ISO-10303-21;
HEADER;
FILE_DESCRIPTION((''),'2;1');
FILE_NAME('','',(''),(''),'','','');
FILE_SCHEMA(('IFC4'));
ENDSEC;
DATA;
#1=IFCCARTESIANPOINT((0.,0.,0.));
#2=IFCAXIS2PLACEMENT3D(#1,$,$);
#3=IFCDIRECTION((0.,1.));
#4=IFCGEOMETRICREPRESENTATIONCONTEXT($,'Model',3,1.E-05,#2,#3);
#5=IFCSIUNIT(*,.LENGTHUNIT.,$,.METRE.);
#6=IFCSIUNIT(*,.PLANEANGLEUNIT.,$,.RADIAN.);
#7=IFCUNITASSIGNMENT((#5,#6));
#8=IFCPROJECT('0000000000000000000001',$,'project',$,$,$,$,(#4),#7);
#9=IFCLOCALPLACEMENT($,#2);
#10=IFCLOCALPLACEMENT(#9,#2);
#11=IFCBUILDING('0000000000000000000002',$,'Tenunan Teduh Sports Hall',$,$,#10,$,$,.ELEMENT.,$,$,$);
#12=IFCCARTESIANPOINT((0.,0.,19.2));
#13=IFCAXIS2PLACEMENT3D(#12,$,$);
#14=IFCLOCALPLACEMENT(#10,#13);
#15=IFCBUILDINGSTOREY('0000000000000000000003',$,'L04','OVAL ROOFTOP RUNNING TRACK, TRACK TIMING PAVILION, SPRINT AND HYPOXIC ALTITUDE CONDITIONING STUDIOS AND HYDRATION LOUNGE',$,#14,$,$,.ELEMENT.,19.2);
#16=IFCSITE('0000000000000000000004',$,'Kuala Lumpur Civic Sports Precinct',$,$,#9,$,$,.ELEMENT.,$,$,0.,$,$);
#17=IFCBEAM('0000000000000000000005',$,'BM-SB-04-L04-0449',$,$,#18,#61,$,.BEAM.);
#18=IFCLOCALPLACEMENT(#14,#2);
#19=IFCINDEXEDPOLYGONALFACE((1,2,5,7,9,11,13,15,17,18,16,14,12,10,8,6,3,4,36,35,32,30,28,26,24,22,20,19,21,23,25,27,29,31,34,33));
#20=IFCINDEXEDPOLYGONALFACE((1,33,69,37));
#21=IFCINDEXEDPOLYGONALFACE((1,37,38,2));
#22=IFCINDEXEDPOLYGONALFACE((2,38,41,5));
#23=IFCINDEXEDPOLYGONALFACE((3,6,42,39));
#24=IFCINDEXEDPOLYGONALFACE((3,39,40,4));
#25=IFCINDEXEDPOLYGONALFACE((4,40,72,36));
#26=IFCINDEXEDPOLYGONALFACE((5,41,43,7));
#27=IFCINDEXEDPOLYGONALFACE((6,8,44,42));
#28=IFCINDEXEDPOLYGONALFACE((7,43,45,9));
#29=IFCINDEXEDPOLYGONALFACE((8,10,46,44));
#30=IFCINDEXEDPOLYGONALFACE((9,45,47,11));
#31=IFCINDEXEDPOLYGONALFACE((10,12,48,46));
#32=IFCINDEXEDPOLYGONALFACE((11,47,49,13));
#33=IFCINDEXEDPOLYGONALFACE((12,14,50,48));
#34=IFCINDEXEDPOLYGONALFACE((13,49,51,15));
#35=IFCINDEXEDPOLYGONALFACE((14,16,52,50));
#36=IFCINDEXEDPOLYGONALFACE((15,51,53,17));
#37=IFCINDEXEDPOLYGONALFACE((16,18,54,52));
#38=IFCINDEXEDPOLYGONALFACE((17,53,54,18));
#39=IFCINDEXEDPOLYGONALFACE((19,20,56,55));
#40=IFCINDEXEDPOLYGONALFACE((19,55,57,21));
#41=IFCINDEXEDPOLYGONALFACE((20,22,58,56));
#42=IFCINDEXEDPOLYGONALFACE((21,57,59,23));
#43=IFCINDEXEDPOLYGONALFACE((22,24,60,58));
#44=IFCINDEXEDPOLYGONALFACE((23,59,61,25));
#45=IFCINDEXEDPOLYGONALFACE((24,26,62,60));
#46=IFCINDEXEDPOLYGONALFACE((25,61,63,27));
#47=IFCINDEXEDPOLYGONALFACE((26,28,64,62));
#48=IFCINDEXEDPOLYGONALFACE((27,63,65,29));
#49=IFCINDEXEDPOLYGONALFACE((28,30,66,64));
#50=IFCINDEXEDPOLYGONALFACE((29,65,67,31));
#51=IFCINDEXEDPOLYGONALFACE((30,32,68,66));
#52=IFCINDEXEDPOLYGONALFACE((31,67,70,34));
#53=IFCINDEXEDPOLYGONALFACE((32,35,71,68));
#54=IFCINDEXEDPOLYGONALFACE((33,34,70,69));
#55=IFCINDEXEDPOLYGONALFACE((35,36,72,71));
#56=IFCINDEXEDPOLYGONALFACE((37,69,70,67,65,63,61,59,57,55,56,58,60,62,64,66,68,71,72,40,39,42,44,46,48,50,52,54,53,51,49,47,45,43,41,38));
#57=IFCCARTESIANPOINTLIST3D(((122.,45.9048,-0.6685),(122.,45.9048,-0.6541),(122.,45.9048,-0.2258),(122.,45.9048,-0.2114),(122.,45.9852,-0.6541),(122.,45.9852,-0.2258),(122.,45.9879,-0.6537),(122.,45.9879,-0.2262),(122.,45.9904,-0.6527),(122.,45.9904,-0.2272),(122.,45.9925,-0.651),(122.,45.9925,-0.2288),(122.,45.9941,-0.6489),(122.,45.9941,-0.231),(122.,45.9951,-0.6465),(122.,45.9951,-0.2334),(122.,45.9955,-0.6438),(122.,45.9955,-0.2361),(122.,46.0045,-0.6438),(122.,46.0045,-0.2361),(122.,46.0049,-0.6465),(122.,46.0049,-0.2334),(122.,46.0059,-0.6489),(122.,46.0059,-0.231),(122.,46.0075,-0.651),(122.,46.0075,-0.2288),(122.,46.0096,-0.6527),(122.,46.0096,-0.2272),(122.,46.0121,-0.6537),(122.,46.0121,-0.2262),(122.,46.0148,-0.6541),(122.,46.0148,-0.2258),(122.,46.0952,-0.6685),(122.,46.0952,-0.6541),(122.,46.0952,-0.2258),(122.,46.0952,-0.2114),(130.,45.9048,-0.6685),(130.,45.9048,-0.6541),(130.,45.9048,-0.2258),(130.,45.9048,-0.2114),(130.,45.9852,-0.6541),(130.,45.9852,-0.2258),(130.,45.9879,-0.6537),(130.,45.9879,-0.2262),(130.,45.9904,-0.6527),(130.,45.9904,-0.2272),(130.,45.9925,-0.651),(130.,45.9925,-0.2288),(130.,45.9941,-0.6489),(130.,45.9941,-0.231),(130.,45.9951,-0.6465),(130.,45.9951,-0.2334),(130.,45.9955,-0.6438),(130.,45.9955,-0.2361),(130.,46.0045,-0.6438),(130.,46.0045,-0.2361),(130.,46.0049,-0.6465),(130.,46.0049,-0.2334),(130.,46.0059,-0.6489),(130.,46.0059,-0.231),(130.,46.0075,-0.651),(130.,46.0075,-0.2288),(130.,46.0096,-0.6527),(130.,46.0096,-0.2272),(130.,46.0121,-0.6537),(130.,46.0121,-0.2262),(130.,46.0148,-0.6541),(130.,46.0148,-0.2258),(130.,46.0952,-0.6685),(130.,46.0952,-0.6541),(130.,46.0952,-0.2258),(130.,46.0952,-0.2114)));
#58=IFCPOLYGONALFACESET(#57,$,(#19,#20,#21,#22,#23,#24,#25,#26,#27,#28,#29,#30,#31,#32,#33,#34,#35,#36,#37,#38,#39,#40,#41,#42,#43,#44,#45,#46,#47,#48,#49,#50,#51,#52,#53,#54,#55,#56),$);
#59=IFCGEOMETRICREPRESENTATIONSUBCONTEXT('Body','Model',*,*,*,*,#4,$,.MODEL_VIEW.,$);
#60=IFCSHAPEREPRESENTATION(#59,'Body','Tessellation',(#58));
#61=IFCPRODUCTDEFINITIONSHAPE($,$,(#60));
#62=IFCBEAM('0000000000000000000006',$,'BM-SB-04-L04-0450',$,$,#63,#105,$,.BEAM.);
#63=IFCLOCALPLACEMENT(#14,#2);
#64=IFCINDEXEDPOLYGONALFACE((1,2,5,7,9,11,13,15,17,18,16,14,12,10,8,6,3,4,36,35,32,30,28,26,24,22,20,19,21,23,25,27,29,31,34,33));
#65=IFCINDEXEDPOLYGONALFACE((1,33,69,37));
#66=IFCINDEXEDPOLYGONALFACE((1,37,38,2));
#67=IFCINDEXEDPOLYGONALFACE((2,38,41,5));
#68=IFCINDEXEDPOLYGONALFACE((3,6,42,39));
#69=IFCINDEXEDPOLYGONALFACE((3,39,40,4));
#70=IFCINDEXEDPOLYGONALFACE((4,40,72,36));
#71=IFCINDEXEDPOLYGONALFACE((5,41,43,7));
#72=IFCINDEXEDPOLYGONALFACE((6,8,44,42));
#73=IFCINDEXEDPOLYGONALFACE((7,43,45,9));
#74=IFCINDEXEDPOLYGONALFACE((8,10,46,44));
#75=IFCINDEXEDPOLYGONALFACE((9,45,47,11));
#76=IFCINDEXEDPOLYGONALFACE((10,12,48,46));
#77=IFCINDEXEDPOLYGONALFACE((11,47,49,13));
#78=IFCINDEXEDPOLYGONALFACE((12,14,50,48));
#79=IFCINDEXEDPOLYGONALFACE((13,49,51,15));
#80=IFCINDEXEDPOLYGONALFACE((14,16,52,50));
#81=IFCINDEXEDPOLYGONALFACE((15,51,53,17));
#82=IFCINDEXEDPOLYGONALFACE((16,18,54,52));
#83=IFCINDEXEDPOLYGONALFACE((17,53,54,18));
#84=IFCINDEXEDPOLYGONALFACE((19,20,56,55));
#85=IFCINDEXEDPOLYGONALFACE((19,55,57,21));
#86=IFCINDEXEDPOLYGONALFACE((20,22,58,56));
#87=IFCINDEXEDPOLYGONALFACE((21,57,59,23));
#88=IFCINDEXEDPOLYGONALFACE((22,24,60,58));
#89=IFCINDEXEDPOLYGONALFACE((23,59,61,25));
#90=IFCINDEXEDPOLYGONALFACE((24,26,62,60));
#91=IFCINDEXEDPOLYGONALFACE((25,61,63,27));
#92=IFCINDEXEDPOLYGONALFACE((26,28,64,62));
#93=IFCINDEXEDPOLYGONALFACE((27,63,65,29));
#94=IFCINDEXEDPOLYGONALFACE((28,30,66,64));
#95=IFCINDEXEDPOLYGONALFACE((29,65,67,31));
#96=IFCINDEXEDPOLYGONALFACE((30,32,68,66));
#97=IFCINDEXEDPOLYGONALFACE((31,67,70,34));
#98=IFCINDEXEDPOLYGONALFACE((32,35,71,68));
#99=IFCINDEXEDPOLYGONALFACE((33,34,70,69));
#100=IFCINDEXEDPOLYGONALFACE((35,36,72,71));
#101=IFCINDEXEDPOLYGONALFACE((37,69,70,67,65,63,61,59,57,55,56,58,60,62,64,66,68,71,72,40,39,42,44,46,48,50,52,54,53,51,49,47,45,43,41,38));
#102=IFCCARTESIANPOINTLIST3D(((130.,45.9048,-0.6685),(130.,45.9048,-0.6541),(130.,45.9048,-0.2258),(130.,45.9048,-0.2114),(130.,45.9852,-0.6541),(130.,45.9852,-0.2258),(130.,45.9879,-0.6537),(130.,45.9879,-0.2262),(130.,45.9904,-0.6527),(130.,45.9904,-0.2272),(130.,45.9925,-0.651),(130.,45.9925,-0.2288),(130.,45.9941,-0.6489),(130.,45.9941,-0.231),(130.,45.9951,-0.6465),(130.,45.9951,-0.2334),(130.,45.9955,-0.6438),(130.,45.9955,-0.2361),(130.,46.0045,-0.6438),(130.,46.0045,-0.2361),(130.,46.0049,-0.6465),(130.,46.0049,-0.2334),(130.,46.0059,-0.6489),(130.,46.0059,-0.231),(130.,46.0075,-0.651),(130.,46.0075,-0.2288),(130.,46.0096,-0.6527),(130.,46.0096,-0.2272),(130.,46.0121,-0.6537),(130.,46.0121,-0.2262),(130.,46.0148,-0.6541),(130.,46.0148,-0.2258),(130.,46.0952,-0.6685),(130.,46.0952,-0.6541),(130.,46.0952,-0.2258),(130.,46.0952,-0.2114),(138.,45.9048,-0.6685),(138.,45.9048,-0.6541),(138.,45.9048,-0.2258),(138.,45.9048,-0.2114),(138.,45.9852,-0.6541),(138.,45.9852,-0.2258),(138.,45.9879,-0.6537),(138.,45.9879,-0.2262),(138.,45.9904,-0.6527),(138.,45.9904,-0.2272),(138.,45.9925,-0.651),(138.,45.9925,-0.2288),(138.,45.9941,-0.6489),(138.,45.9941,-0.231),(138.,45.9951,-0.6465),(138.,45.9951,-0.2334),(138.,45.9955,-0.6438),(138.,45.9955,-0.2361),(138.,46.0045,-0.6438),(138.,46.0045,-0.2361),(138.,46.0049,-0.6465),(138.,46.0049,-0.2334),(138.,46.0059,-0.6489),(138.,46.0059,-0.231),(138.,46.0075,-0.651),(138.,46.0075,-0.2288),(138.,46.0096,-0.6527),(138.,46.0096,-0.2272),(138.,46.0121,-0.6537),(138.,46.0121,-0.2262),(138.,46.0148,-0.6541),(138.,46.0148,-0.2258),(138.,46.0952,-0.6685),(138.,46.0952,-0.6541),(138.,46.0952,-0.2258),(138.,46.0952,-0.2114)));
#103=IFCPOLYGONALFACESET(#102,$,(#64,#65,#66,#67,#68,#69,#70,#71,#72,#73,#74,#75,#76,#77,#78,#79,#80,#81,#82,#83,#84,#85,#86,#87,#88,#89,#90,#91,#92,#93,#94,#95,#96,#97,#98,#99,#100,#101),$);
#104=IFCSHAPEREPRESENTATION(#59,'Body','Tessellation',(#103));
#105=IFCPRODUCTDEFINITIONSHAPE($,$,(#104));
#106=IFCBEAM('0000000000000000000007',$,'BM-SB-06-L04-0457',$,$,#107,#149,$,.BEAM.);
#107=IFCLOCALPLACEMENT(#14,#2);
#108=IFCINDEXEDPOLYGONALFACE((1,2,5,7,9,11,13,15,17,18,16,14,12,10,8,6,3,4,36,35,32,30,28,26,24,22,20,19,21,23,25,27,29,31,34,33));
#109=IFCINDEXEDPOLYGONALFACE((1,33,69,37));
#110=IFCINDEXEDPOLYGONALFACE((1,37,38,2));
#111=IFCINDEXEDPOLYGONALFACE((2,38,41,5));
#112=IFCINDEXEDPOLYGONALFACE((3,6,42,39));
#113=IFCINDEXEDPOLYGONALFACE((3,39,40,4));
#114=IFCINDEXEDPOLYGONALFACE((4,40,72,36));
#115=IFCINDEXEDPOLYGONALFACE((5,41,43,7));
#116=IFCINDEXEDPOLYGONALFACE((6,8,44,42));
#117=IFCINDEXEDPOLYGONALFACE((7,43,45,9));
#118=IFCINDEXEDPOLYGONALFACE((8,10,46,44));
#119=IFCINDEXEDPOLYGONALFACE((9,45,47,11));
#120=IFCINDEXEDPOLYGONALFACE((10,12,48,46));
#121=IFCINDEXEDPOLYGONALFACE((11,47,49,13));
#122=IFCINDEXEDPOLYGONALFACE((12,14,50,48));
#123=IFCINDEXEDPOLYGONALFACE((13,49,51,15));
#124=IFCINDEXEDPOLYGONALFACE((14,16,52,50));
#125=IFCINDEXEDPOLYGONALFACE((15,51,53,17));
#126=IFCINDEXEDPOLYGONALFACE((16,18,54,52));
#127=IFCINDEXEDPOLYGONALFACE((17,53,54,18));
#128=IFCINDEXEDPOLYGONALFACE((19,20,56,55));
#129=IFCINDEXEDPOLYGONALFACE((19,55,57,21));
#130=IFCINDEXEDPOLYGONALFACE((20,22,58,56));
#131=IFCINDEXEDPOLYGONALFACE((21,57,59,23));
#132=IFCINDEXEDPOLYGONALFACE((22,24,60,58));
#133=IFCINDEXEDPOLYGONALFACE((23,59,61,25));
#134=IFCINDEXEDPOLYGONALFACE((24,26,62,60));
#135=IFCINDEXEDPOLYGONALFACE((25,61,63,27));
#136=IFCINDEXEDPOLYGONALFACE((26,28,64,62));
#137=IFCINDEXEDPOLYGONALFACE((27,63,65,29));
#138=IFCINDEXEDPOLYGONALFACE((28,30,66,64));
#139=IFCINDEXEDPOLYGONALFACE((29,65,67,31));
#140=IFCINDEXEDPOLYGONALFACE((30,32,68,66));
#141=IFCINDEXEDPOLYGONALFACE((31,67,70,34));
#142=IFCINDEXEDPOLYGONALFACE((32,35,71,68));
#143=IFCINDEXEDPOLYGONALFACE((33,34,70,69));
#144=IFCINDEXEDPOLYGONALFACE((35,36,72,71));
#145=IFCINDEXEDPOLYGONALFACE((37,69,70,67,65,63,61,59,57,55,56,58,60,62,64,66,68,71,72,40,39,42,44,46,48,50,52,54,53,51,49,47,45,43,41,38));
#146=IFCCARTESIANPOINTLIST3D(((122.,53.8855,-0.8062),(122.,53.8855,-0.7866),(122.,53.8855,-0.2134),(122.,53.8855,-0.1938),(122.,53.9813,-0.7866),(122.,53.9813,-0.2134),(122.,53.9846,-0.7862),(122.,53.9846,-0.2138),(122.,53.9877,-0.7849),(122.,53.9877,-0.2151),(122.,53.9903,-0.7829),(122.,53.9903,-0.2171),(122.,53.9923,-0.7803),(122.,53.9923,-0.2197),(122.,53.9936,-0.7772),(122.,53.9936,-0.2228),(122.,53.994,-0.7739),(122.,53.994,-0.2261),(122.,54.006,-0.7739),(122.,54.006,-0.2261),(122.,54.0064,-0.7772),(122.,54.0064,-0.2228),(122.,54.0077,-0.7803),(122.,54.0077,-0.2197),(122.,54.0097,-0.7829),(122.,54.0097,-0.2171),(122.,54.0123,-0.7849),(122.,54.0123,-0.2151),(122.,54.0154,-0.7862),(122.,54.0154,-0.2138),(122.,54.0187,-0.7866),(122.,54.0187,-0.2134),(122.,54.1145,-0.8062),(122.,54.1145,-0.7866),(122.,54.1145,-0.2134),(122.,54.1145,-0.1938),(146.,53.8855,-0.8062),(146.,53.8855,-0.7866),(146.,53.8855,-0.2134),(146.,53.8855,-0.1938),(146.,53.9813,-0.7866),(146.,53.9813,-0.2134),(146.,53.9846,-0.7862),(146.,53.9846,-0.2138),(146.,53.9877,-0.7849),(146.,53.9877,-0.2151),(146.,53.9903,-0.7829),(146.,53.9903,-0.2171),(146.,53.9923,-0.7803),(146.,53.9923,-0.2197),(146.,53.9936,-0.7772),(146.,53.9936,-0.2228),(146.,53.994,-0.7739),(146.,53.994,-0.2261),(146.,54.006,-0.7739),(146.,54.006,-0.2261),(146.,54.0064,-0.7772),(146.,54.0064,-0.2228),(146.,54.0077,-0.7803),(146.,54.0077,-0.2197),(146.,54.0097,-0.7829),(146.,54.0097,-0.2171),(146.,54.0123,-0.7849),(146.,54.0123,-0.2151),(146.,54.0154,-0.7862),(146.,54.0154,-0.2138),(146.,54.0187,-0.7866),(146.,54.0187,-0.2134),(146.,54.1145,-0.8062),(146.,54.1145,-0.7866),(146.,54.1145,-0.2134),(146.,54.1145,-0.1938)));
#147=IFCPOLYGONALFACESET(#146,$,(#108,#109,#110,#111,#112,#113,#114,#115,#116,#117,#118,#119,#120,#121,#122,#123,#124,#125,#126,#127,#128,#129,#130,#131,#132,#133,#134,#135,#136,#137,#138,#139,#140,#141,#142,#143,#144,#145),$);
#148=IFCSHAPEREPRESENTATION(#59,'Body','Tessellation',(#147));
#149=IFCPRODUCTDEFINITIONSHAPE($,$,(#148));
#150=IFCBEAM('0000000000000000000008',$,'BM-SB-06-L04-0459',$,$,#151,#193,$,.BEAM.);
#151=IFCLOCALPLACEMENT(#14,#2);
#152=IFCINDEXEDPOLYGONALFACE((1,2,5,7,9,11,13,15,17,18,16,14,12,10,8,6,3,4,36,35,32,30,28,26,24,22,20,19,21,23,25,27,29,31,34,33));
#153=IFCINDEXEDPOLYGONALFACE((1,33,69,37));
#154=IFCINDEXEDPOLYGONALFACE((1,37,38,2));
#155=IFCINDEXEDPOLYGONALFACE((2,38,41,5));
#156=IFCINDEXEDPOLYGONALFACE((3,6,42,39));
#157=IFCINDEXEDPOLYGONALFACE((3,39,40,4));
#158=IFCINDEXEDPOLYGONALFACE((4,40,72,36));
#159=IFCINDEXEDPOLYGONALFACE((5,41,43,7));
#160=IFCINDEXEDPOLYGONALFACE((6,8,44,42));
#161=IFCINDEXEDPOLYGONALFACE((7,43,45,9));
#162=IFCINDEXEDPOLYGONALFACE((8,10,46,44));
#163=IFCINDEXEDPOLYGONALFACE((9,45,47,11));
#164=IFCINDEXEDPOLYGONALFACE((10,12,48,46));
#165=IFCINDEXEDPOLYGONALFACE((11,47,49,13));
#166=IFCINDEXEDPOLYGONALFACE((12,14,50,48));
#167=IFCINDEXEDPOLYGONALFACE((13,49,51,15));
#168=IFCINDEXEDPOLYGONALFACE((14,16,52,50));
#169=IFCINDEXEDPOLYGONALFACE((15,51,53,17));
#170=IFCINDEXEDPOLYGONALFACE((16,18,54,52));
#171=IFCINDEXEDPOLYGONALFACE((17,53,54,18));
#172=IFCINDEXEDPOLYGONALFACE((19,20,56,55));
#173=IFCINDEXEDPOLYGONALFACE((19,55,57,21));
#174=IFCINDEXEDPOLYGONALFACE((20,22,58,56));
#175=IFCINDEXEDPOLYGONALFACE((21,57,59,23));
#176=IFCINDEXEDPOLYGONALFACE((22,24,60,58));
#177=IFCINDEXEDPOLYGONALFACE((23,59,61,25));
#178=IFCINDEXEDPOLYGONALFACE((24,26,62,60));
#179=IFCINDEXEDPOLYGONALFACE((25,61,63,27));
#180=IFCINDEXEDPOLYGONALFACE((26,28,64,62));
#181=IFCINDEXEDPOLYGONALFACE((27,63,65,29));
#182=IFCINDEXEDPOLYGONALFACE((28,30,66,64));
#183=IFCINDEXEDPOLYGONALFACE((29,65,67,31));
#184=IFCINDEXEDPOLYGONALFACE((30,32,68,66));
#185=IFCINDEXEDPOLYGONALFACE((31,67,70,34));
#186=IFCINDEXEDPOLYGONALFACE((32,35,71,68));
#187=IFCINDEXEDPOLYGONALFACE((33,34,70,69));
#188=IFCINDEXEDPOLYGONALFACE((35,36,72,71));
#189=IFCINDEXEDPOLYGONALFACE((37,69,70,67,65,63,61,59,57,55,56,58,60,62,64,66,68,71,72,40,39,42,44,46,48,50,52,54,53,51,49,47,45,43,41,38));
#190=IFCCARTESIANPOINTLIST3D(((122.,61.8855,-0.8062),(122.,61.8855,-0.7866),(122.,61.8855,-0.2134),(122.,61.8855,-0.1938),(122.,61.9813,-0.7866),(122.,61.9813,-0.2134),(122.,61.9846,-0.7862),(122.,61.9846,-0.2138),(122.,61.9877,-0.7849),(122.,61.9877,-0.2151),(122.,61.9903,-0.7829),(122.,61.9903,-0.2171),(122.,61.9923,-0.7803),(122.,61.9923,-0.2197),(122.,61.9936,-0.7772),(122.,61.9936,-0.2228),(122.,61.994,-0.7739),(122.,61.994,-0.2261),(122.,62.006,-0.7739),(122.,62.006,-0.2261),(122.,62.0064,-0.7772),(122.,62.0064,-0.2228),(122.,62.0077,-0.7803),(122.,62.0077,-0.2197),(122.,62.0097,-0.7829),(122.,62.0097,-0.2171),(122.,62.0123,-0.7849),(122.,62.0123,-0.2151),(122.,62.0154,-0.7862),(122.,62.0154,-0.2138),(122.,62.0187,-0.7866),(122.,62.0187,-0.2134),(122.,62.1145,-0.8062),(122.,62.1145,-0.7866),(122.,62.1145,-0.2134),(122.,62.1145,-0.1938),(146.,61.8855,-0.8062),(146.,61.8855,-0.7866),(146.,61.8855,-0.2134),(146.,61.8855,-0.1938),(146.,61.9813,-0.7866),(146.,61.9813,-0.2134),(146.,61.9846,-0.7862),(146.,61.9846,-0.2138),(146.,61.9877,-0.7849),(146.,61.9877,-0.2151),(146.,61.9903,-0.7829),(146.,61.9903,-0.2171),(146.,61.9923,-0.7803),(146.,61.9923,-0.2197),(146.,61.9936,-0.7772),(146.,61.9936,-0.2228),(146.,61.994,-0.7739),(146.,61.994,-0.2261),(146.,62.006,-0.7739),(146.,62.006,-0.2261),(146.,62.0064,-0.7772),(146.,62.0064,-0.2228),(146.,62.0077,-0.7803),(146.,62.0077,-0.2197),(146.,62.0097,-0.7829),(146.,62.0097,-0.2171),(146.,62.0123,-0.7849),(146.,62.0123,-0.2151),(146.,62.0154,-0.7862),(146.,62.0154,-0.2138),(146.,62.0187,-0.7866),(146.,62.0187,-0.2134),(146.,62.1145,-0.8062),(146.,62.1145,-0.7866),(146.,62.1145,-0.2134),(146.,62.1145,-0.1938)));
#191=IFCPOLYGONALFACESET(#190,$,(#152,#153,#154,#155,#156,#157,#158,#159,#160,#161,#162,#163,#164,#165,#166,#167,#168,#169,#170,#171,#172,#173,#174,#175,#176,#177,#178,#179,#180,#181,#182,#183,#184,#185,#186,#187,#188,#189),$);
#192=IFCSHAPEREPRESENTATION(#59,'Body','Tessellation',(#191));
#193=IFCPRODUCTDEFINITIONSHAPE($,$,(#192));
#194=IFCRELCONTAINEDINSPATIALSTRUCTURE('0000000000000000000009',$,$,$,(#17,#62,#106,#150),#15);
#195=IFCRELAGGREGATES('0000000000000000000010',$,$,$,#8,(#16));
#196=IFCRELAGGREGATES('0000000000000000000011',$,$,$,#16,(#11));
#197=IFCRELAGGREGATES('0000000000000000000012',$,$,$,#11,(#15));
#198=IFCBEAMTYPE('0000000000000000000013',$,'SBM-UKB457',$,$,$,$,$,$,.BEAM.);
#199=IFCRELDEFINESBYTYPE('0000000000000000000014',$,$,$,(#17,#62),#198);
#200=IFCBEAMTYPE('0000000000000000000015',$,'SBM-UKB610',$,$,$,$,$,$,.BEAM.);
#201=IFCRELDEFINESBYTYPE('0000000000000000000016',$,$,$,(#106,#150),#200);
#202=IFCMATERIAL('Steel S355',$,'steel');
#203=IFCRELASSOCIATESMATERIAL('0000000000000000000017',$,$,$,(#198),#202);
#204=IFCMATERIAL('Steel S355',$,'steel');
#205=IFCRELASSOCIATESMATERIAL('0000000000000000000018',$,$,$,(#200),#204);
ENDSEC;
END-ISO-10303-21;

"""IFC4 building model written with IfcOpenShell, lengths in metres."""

from ifc_helpers import new_model, si_unit, direction, frame, origin, origin_2d, place, context, subcontext, project, spatial, i_section, extrude, material, material_profile, profile_set, type_object, element, save


model = new_model("IFC4")

# Units and contexts
model_context = context("Model", 3, precision=1e-05, world=origin(), true_north=direction((0.0, 1.0)))
body_context = subcontext(model_context, "Body", "Model", "MODEL_VIEW")
ifc_project = project(units=[si_unit("LENGTHUNIT", "METRE"), si_unit("PLANEANGLEUNIT", "RADIAN")], contexts=[model_context])

# Site, building, storey
site_placement = place(None, origin())
site = spatial("IfcSite", under=ifc_project, at=site_placement, Name="Kuala Lumpur Civic Sports Precinct", CompositionType="ELEMENT", RefElevation=0.0)
building_placement = place(site_placement, origin())
building = spatial("IfcBuilding", under=site, at=building_placement, Name="Tenunan Teduh Sports Hall", CompositionType="ELEMENT")
storey_placement = place(building_placement, frame((0.0, 0.0, 19.2)))
storey = spatial("IfcBuildingStorey", under=building, at=storey_placement, Name="L04", Description="OVAL ROOFTOP RUNNING TRACK, TRACK TIMING PAVILION, SPRINT AND HYPOXIC ALTITUDE CONDITIONING STUDIOS AND HYDRATION LOUNGE", CompositionType="ELEMENT", Elevation=19.2)

# Beams
ifc_material_1 = material(Name="Steel S355", Category="steel")
ifc_material_profile_1 = material_profile(ifc_material_1, i_section(OverallWidth=0.1904, OverallDepth=0.457, WebThickness=0.009, FlangeThickness=0.0144, FilletRadius=0.0103, at=origin_2d()), Name="UKB 457x191x74")
ifc_profile_set_1 = profile_set([ifc_material_profile_1], Name="Steel S355")
beam_type_1 = type_object("IfcBeamType", Name="SBM-UKB457", PredefinedType="BEAM", material=ifc_profile_set_1)
for number, where, z_axis, x_axis, name in (
    (1, (122.0, 46.0, -0.4399), (1.0, 0.0, 0.0), (0.0, 1.0, 0.0), "BM-SB-04-L04-0449"),
    (2, (130.0, 46.0, -0.4399), (1.0, 0.0, 0.0), (0.0, 1.0, 0.0), "BM-SB-04-L04-0450"),
):
    element("IfcBeam", number, at=place(storey_placement, frame(where, z_axis=z_axis, x_axis=x_axis)), inside=storey, type_object=beam_type_1, Name=name, PredefinedType="BEAM", context=body_context, shape_type="SweptSolid", body=[
        extrude(i_section(OverallWidth=0.1904, OverallDepth=0.457, WebThickness=0.009, FlangeThickness=0.0144, FilletRadius=0.0103, at=origin_2d()), origin(), (0.0, 0.0, 1.0), 8.0),
    ])
ifc_material_2 = material(Name="Steel S355", Category="steel")
ifc_material_profile_2 = material_profile(ifc_material_2, i_section(OverallWidth=0.229, OverallDepth=0.6123, WebThickness=0.012, FlangeThickness=0.0195, FilletRadius=0.0127, at=origin_2d()), Name="UKB 610x229x125")
ifc_profile_set_2 = profile_set([ifc_material_profile_2], Name="Steel S355")
beam_type_2 = type_object("IfcBeamType", Name="SBM-UKB610", PredefinedType="BEAM", material=ifc_profile_set_2)
for number, where, z_axis, x_axis, name in (
    (3, (122.0, 54.0, -0.5), (1.0, 0.0, 0.0), (0.0, 1.0, 0.0), "BM-SB-06-L04-0457"),
    (4, (122.0, 62.0, -0.5), (1.0, 0.0, 0.0), (0.0, 1.0, 0.0), "BM-SB-06-L04-0459"),
):
    element("IfcBeam", number, at=place(storey_placement, frame(where, z_axis=z_axis, x_axis=x_axis)), inside=storey, type_object=beam_type_2, Name=name, PredefinedType="BEAM", context=body_context, shape_type="SweptSolid", body=[
        extrude(i_section(OverallWidth=0.229, OverallDepth=0.6123, WebThickness=0.012, FlangeThickness=0.0195, FilletRadius=0.0127, at=origin_2d()), origin(), (0.0, 0.0, 1.0), 24.0),
    ])

save(model, "model.ifc")
